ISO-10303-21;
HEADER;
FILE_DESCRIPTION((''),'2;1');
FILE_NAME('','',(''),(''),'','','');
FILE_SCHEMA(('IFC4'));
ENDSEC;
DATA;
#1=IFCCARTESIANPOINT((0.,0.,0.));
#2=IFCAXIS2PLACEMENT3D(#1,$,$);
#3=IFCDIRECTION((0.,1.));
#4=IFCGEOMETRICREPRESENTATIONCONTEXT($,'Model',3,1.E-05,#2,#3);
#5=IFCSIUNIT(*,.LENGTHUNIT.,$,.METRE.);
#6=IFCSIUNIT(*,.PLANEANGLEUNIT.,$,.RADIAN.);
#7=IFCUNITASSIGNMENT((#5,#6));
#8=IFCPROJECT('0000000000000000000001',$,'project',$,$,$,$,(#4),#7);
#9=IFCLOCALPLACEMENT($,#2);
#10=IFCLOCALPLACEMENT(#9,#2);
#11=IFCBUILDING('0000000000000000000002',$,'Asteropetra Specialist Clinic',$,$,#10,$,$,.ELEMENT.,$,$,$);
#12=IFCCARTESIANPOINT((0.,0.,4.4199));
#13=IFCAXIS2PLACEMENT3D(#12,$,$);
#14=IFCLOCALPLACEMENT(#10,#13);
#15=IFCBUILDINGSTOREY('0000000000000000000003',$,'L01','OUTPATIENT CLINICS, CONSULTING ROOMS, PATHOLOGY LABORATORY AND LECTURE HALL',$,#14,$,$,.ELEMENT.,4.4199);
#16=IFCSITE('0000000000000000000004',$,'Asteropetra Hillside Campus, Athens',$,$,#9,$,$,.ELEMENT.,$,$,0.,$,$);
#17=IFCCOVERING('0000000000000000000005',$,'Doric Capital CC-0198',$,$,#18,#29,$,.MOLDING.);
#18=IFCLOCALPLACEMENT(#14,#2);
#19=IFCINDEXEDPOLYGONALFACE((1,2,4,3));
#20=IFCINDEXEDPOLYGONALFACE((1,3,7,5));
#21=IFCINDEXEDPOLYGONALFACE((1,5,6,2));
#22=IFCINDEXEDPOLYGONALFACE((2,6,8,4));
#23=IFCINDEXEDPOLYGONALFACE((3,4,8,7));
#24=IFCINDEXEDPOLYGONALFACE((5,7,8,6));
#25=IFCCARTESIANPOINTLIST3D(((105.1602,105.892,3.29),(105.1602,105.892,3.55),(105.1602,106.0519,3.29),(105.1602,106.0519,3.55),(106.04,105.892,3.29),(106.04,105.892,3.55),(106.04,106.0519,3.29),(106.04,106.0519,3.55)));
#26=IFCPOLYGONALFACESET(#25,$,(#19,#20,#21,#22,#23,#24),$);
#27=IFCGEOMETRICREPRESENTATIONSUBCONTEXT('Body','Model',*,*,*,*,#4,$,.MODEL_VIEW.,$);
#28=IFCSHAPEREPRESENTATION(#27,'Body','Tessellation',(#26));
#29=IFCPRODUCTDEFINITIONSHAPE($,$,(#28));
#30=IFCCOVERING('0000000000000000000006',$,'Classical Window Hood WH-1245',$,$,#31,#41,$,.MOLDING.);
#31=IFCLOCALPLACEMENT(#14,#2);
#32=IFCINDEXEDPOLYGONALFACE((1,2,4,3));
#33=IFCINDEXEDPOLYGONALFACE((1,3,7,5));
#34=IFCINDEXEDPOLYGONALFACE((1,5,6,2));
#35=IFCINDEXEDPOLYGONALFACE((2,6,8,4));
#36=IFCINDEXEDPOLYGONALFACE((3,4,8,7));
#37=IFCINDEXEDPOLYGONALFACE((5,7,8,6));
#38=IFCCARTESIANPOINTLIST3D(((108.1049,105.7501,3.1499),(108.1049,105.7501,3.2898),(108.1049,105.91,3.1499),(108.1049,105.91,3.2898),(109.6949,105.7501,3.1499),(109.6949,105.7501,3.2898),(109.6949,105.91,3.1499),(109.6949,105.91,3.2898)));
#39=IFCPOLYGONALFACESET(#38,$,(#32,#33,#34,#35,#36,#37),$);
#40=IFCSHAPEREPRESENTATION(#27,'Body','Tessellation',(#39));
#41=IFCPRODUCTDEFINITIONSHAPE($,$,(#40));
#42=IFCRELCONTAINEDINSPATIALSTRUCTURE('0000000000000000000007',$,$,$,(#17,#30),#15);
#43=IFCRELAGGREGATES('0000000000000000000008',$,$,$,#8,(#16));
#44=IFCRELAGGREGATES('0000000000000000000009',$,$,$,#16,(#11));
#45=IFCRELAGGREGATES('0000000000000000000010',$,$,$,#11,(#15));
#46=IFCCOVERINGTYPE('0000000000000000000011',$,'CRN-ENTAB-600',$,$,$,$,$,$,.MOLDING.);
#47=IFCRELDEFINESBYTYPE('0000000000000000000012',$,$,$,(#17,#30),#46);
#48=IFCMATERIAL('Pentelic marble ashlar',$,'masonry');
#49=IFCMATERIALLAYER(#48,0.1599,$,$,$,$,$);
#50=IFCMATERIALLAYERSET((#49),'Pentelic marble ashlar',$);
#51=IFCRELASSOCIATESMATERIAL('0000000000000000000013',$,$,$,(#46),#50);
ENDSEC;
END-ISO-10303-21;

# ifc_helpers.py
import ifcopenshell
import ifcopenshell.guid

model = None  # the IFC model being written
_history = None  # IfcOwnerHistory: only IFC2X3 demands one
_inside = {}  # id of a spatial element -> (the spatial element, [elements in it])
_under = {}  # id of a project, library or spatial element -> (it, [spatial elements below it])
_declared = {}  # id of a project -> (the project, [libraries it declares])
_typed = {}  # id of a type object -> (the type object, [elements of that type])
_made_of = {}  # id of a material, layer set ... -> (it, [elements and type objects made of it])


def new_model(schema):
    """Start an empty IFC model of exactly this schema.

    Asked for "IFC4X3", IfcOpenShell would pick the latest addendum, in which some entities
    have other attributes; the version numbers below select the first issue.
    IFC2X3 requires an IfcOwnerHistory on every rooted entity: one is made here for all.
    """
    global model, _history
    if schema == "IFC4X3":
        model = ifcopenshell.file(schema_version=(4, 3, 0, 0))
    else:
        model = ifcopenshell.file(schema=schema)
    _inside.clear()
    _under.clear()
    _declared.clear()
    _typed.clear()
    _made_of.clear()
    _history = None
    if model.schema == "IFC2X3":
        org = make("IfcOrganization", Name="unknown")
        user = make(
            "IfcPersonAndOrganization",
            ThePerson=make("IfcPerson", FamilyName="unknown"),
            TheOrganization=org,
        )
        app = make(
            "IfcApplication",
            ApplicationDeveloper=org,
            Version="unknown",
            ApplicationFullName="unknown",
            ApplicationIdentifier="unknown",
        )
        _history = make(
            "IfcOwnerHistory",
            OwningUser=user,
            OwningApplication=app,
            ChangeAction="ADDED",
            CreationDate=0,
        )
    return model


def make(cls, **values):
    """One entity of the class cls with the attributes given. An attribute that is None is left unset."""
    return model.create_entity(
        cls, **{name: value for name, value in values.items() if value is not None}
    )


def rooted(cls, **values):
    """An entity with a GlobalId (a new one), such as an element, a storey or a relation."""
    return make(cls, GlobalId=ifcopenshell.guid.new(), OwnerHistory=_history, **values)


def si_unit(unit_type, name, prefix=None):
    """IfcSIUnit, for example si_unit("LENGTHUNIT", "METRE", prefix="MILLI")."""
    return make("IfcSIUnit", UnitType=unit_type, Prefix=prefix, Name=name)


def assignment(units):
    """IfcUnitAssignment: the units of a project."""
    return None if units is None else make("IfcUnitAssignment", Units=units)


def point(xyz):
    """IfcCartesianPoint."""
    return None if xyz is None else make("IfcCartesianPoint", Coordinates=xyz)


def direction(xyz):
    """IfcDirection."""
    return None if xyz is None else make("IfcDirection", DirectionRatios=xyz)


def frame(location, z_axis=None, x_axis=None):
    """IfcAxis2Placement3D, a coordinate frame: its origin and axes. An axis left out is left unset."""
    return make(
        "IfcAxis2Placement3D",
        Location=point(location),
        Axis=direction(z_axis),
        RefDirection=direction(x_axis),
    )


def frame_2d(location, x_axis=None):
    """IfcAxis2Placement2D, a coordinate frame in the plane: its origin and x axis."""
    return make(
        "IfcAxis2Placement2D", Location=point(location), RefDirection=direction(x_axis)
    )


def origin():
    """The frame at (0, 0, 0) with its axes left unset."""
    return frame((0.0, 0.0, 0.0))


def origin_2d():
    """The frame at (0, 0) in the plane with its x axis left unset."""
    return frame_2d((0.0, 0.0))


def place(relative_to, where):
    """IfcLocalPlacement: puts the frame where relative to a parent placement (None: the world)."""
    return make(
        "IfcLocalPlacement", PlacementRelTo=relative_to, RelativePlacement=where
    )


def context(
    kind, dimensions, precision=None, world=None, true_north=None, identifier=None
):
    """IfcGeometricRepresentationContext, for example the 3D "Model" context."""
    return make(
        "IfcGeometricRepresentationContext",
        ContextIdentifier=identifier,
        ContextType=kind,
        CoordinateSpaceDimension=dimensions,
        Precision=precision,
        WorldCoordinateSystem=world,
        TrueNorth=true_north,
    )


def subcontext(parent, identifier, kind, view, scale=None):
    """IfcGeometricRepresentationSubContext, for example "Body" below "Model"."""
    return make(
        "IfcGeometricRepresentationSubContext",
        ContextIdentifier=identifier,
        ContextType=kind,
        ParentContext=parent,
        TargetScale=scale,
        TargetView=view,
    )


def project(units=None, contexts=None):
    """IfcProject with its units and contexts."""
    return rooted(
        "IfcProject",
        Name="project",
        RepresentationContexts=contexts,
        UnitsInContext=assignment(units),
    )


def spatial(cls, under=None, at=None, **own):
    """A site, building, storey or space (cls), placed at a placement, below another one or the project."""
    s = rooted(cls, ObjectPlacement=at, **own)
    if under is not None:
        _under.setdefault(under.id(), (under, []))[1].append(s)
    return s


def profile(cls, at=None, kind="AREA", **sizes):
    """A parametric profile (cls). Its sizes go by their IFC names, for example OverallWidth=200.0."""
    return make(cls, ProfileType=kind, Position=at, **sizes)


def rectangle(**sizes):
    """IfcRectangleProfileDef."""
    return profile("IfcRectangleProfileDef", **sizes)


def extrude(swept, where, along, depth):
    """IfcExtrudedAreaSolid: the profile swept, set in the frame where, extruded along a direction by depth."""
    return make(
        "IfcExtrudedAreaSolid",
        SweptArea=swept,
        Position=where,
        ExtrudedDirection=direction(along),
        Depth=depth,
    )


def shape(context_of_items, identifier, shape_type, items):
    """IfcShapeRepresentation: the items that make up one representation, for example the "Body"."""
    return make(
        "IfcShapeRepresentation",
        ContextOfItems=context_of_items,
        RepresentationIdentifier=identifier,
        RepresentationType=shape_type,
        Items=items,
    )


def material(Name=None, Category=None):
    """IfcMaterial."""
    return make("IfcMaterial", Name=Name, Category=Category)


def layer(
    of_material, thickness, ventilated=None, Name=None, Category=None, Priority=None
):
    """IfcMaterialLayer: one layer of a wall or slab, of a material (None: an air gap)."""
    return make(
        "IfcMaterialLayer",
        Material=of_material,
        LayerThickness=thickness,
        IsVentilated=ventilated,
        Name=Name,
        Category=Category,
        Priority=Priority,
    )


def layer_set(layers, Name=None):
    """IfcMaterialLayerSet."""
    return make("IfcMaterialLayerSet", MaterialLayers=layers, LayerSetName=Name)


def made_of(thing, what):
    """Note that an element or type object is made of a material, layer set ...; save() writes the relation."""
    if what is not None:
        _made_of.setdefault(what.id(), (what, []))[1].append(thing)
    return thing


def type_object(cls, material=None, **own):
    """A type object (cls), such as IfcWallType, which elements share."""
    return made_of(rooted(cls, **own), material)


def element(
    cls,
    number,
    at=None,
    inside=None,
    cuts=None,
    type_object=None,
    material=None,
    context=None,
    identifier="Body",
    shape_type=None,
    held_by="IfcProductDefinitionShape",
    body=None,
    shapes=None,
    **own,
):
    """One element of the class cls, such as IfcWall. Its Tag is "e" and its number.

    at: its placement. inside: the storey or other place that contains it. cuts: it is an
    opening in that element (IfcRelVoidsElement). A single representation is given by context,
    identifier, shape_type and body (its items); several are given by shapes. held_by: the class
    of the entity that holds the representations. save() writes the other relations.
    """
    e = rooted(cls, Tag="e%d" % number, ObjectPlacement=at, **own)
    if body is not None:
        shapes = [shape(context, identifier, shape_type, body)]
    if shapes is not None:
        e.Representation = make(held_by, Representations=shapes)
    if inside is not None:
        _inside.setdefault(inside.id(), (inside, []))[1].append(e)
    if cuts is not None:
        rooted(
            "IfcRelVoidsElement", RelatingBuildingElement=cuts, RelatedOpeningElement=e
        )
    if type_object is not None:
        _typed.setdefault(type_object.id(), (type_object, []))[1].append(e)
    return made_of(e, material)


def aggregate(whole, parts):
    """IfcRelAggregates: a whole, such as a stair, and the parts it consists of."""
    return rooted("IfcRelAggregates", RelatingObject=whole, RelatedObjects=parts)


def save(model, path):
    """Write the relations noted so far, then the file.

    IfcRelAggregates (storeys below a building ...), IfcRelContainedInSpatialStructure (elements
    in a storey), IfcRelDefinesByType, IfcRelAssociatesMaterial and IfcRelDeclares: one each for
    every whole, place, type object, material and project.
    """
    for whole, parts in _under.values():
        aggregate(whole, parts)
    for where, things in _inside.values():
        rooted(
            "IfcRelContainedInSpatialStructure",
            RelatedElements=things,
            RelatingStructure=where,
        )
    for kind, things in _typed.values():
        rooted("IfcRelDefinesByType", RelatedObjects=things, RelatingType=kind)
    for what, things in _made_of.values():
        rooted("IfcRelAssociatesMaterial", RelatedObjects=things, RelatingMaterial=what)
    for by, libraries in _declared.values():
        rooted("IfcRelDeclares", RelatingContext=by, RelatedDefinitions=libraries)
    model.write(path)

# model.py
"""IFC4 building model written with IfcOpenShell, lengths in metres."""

from ifc_helpers import new_model, si_unit, direction, frame, origin, origin_2d, place, context, subcontext, project, spatial, rectangle, extrude, material, layer, layer_set, type_object, element, save


model = new_model("IFC4")

# Units and contexts
model_context = context("Model", 3, precision=1e-05, world=origin(), true_north=direction((0.0, 1.0)))
body_context = subcontext(model_context, "Body", "Model", "MODEL_VIEW")
ifc_project = project(units=[si_unit("LENGTHUNIT", "METRE"), si_unit("PLANEANGLEUNIT", "RADIAN")], contexts=[model_context])

# Site, building, storey
site_placement = place(None, origin())
site = spatial("IfcSite", under=ifc_project, at=site_placement, Name="Asteropetra Hillside Campus, Athens", CompositionType="ELEMENT", RefElevation=0.0)
building_placement = place(site_placement, origin())
building = spatial("IfcBuilding", under=site, at=building_placement, Name="Asteropetra Specialist Clinic", CompositionType="ELEMENT")
storey_placement = place(building_placement, frame((0.0, 0.0, 4.4199)))
storey = spatial("IfcBuildingStorey", under=building, at=storey_placement, Name="L01", Description="OUTPATIENT CLINICS, CONSULTING ROOMS, PATHOLOGY LABORATORY AND LECTURE HALL", CompositionType="ELEMENT", Elevation=4.4199)

# Coverings
ifc_material_1 = material(Name="Pentelic marble ashlar", Category="masonry")
ifc_layer_1 = layer(ifc_material_1, 0.1599)
ifc_layer_set_1 = layer_set([ifc_layer_1], Name="Pentelic marble ashlar")
covering_type_1 = type_object("IfcCoveringType", Name="CRN-ENTAB-600", PredefinedType="MOLDING", material=ifc_layer_set_1)
for number, where, z_axis, x_axis, name in (
    (1, (105.6001, 105.9719, 3.29), (0.0, 0.0, 1.0), (1.0, 0.0, 0.0), "Doric Capital CC-0198"),
):
    element("IfcCovering", number, at=place(storey_placement, frame(where, z_axis=z_axis, x_axis=x_axis)), inside=storey, type_object=covering_type_1, Name=name, PredefinedType="MOLDING", context=body_context, shape_type="SweptSolid", body=[
        extrude(rectangle(XDim=0.8799, YDim=0.1599, at=origin_2d()), origin(), (0.0, 0.0, 1.0), 0.26),
    ])
covering_1_placement = place(storey_placement, frame((108.8999, 105.8301, 3.1499), z_axis=(0.0, 0.0, 1.0), x_axis=(1.0, 0.0, 0.0)))
element("IfcCovering", 2, at=covering_1_placement, inside=storey, type_object=covering_type_1, Name="Classical Window Hood WH-1245", PredefinedType="MOLDING", context=body_context, shape_type="SweptSolid", body=[
    extrude(rectangle(XDim=1.5901, YDim=0.1599, at=origin_2d()), origin(), (0.0, 0.0, 1.0), 0.1399),
])

save(model, "model.ifc")
